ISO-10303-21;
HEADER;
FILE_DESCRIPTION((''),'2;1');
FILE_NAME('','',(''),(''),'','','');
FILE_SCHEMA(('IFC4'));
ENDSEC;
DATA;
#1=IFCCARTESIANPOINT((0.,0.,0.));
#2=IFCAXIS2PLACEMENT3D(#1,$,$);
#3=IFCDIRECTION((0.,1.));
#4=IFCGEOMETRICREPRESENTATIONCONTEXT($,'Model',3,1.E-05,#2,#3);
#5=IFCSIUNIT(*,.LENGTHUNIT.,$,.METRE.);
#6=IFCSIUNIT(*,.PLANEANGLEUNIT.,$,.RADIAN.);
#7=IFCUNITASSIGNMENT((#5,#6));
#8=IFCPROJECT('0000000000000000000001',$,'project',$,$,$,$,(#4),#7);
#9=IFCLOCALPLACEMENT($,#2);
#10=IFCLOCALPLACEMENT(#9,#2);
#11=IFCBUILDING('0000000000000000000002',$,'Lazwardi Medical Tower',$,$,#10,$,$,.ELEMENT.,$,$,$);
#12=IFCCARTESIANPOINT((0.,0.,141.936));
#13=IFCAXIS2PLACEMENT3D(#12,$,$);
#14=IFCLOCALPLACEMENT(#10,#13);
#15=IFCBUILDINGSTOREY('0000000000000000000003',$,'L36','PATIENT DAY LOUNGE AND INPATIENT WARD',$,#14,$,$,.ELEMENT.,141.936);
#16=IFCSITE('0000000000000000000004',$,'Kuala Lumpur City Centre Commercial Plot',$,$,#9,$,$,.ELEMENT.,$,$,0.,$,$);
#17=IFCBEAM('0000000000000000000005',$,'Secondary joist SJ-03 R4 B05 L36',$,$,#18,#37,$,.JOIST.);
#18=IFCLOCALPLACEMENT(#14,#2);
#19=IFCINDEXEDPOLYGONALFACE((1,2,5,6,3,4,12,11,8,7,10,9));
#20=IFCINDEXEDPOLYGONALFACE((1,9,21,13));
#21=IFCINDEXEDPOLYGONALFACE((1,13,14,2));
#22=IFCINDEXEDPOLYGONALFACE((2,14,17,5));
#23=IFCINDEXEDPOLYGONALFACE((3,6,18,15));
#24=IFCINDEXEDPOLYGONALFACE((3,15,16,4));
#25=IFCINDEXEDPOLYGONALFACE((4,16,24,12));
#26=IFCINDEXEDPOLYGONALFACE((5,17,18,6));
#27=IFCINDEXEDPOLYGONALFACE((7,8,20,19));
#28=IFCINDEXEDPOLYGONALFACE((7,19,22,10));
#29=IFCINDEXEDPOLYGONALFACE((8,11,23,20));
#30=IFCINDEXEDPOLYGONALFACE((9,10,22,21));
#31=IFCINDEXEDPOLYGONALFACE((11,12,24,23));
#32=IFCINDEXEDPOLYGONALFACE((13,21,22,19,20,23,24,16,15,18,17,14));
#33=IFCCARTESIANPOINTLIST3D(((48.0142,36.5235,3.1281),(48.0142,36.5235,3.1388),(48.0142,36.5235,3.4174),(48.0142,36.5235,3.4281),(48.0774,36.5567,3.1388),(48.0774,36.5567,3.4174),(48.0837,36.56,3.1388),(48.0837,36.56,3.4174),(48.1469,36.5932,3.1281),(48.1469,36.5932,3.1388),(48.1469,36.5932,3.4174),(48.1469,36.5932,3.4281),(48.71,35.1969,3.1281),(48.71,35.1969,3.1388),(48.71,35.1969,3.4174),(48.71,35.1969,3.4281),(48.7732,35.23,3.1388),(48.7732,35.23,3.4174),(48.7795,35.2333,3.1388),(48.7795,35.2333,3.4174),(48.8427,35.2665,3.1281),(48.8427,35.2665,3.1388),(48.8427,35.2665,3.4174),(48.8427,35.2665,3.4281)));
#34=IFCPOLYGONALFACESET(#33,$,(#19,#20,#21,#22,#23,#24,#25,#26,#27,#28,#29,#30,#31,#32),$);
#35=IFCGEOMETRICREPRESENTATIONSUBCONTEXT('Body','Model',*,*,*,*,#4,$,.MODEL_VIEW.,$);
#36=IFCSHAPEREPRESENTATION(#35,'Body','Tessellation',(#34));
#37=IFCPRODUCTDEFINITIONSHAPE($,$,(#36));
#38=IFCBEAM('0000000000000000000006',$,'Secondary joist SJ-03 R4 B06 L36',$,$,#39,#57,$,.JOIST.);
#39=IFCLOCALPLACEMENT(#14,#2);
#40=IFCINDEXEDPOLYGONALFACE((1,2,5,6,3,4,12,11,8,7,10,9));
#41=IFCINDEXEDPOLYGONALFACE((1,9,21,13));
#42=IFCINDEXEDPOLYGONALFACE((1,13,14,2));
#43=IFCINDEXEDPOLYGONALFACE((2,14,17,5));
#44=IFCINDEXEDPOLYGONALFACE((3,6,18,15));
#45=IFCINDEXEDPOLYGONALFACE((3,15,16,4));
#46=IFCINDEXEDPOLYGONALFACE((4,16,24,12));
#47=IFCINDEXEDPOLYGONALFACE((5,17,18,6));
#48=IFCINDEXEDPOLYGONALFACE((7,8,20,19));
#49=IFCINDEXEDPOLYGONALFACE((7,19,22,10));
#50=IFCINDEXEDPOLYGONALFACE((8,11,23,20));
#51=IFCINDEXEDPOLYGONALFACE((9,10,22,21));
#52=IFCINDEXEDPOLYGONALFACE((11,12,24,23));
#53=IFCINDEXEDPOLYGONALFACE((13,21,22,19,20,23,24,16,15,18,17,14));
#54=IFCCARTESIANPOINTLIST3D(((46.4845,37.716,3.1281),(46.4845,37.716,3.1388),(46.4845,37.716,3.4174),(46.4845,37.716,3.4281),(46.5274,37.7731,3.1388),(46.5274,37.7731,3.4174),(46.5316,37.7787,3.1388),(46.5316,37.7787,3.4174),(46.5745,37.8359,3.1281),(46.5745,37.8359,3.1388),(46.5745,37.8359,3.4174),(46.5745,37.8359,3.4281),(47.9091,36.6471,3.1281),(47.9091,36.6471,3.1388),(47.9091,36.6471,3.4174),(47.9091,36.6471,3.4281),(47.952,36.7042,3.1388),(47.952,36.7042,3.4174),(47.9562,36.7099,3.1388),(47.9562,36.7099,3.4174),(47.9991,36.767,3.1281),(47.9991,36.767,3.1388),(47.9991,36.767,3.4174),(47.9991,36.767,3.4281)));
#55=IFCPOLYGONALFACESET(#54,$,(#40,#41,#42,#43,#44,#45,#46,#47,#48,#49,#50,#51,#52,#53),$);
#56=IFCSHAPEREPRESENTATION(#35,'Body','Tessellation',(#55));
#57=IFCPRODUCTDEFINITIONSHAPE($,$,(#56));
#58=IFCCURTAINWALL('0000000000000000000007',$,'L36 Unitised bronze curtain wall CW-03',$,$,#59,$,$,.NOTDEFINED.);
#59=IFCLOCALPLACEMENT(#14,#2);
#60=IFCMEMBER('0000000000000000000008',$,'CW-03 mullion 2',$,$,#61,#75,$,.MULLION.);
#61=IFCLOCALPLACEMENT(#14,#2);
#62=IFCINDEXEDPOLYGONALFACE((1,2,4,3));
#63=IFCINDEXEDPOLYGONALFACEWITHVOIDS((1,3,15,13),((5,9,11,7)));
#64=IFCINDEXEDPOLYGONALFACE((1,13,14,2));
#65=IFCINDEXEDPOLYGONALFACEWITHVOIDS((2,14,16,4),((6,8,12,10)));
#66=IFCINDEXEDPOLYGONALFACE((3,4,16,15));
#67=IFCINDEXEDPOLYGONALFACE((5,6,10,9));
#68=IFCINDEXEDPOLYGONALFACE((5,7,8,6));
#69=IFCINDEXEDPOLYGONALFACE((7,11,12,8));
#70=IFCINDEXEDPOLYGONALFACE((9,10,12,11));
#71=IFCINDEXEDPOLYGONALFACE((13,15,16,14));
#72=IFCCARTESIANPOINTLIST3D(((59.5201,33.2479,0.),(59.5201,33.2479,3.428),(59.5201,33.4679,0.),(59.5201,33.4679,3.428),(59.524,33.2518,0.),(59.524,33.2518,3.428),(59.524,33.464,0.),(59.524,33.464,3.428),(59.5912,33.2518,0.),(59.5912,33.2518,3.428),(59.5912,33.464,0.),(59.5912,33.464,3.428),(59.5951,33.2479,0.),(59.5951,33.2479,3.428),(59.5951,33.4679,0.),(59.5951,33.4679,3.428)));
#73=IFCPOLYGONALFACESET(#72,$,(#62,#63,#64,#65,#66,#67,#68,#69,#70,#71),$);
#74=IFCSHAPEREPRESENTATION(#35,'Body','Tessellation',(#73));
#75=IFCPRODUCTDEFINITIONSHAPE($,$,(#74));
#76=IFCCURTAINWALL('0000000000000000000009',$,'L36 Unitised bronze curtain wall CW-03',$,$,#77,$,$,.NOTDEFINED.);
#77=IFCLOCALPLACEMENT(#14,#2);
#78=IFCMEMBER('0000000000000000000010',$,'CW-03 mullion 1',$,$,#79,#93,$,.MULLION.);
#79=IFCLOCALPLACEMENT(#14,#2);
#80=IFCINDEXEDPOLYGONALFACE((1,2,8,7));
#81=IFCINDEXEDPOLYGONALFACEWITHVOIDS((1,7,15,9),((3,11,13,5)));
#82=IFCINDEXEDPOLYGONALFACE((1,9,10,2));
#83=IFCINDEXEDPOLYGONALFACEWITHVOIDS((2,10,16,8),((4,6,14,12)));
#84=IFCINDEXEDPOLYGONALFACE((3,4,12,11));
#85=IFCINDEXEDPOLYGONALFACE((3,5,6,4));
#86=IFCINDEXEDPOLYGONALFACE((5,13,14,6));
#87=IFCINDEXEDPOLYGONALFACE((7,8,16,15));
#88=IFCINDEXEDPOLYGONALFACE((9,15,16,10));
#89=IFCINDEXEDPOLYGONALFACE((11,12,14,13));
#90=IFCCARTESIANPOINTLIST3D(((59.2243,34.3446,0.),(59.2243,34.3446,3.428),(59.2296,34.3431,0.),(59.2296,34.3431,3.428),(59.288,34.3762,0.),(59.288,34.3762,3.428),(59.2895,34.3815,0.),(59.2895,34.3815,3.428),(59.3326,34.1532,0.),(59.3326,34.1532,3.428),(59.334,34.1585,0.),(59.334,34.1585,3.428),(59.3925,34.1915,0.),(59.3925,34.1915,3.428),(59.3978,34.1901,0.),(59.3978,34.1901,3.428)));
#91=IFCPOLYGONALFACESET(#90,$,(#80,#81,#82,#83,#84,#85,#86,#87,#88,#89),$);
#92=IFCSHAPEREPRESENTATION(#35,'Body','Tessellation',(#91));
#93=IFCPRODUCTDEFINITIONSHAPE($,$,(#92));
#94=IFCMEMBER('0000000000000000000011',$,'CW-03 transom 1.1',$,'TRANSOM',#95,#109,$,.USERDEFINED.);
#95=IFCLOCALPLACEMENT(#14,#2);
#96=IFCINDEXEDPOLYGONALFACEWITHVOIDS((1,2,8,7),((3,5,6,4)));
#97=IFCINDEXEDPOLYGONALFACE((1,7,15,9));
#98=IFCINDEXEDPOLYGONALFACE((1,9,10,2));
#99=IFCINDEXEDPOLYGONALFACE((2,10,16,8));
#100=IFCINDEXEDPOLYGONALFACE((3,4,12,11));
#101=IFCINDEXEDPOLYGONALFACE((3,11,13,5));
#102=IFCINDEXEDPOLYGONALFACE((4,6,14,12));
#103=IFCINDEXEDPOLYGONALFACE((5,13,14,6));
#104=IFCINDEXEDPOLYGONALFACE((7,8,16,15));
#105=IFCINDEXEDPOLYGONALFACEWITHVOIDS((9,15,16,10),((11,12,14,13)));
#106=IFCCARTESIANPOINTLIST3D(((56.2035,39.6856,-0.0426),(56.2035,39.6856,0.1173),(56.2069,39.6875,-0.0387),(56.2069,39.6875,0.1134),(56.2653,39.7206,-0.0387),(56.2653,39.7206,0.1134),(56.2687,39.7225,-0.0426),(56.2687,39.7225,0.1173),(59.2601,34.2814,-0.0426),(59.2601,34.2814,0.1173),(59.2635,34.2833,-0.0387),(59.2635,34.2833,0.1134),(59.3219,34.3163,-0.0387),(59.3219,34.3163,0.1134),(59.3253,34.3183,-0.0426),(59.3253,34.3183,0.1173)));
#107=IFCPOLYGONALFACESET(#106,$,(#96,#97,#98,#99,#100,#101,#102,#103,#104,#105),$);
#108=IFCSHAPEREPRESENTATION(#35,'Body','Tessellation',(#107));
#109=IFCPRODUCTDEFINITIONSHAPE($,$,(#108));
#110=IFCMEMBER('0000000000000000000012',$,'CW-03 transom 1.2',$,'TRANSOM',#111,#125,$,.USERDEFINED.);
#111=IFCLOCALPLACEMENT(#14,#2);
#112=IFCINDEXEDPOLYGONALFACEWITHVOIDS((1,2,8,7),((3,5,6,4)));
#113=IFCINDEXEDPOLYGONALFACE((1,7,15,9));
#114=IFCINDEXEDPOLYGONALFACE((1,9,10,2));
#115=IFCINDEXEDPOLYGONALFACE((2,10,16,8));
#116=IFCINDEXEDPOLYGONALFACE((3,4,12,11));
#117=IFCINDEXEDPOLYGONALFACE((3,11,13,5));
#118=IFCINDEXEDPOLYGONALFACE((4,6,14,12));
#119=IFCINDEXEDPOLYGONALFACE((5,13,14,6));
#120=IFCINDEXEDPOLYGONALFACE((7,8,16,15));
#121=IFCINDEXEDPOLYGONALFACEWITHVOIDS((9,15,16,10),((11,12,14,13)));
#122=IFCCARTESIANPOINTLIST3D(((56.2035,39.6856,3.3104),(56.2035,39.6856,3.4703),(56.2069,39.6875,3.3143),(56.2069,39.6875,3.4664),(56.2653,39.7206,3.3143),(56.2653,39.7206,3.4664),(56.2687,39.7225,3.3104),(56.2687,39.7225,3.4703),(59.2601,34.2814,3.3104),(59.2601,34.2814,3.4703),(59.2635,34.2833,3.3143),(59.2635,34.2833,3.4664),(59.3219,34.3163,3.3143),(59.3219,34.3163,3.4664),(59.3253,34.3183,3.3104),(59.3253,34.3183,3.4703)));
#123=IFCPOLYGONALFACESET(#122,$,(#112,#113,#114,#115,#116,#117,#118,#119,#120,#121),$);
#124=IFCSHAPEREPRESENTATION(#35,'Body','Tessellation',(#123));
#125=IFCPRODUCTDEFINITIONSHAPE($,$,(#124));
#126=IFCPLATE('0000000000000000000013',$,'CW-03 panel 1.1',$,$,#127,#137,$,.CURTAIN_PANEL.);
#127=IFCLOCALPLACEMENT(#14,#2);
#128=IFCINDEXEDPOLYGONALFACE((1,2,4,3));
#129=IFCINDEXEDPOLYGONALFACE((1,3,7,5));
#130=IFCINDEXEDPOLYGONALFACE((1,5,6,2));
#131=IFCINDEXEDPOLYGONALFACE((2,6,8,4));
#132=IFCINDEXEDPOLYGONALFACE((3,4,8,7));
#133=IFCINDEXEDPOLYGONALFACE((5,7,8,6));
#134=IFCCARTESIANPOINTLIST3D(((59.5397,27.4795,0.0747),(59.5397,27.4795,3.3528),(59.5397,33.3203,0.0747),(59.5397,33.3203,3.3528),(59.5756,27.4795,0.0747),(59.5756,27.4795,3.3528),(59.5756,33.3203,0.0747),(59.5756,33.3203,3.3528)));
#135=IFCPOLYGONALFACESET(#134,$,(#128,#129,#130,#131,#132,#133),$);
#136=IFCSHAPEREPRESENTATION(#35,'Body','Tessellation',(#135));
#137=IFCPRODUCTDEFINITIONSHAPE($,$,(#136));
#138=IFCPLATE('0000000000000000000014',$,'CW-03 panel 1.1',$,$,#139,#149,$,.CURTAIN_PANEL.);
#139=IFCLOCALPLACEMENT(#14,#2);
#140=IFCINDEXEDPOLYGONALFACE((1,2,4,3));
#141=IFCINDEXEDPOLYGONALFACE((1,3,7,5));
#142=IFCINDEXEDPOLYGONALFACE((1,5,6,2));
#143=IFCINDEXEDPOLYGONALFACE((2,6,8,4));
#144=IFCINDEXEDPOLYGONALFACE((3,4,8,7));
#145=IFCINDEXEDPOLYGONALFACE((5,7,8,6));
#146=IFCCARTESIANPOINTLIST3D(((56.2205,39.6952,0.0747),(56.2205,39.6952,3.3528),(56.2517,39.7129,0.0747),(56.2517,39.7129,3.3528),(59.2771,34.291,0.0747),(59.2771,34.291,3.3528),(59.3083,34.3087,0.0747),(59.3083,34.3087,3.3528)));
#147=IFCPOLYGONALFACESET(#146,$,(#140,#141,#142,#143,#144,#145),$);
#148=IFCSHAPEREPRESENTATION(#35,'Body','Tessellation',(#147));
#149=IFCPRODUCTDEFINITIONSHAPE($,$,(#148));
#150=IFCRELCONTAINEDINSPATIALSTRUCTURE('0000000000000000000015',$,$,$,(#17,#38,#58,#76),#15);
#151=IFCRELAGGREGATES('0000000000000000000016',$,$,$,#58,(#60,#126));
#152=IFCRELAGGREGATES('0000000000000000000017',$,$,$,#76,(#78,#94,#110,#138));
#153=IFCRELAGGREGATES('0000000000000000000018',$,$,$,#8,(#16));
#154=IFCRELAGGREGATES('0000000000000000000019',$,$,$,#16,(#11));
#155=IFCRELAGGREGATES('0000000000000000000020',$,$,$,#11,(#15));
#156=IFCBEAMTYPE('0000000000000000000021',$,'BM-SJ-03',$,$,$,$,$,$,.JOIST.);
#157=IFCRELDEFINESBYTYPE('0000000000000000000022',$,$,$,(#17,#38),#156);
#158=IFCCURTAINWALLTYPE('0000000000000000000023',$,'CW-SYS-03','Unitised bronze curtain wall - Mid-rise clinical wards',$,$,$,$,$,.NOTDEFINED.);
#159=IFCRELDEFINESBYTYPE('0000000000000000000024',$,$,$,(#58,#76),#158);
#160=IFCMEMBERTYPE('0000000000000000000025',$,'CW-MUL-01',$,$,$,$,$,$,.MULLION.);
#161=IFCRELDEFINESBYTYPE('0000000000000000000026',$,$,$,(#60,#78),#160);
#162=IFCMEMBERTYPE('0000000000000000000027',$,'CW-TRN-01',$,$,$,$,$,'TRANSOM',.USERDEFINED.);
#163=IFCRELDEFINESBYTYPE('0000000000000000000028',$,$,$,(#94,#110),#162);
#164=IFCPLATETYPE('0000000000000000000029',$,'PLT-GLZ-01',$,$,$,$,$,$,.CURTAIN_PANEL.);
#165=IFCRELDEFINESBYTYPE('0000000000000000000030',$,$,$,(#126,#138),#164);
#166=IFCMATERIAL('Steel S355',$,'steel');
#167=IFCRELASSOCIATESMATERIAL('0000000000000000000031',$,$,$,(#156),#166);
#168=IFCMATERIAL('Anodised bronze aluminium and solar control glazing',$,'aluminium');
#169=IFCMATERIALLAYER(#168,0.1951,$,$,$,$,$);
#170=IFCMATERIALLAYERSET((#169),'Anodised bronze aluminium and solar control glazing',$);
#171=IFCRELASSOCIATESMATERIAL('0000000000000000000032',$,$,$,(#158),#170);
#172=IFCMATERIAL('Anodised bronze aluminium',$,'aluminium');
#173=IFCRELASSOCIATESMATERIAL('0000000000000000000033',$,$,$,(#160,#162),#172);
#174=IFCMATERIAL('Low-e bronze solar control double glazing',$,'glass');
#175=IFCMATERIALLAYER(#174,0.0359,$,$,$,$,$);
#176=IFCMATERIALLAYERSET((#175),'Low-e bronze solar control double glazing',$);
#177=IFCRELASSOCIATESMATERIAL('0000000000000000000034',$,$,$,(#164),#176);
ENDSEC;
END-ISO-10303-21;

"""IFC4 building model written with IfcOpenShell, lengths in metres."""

from ifc_helpers import new_model, si_unit, direction, frame, origin, origin_2d, place, context, subcontext, project, spatial, rectangle, hollow_rectangle, i_section, extrude, material, layer, layer_set, material_profile, profile_set, type_object, element, aggregate, save


model = new_model("IFC4")

# Units and contexts
model_context = context("Model", 3, precision=1e-05, world=origin(), true_north=direction((0.0, 1.0)))
body_context = subcontext(model_context, "Body", "Model", "MODEL_VIEW")
ifc_project = project(units=[si_unit("LENGTHUNIT", "METRE"), si_unit("PLANEANGLEUNIT", "RADIAN")], contexts=[model_context])

# Site, building, storey
site_placement = place(None, origin())
site = spatial("IfcSite", under=ifc_project, at=site_placement, Name="Kuala Lumpur City Centre Commercial Plot", CompositionType="ELEMENT", RefElevation=0.0)
building_placement = place(site_placement, origin())
building = spatial("IfcBuilding", under=site, at=building_placement, Name="Lazwardi Medical Tower", CompositionType="ELEMENT")
storey_placement = place(building_placement, frame((0.0, 0.0, 141.936)))
storey = spatial("IfcBuildingStorey", under=building, at=storey_placement, Name="L36", Description="PATIENT DAY LOUNGE AND INPATIENT WARD", CompositionType="ELEMENT", Elevation=141.936)

# Beams
ifc_material_1 = material(Name="Steel S355", Category="steel")
ifc_material_profile_1 = material_profile(ifc_material_1, i_section(OverallWidth=0.1499, OverallDepth=0.3, WebThickness=0.0071, FlangeThickness=0.0107, at=origin_2d()), Name="IPE 300")
ifc_profile_set_1 = profile_set([ifc_material_profile_1], Name="Steel S355")
beam_type_1 = type_object("IfcBeamType", Name="BM-SJ-03", PredefinedType="JOIST", material=ifc_profile_set_1)
beam_1_placement = place(storey_placement, frame((48.7764, 35.2317, 3.2781), z_axis=(-0.46447, 0.885589, 0.0), x_axis=(-0.885589, -0.46447, 0.0)))
element("IfcBeam", 1, at=beam_1_placement, inside=storey, type_object=beam_type_1, Name="Secondary joist SJ-03 R4 B05 L36", PredefinedType="JOIST", context=body_context, shape_type="SweptSolid", body=[
    extrude(i_section(OverallWidth=0.1499, OverallDepth=0.3, WebThickness=0.0071, FlangeThickness=0.0107, at=origin_2d()), origin(), (0.0, 0.0, 1.0), 1.498),
])
beam_2_placement = place(storey_placement, frame((47.9541, 36.707, 3.2781), z_axis=(-0.799885, 0.600154, 0.0), x_axis=(-0.600154, -0.799885, 0.0)))
element("IfcBeam", 2, at=beam_2_placement, inside=storey, type_object=beam_type_1, Name="Secondary joist SJ-03 R4 B06 L36", PredefinedType="JOIST", context=body_context, shape_type="SweptSolid", body=[
    extrude(i_section(OverallWidth=0.1499, OverallDepth=0.3, WebThickness=0.0071, FlangeThickness=0.0107, at=origin_2d()), origin(), (0.0, 0.0, 1.0), 1.781),
])

# Curtain wall, member
ifc_material_2 = material(Name="Anodised bronze aluminium and solar control glazing", Category="aluminium")
ifc_layer_1 = layer(ifc_material_2, 0.1951)
ifc_layer_set_1 = layer_set([ifc_layer_1], Name="Anodised bronze aluminium and solar control glazing")
curtain_wall_type = type_object("IfcCurtainWallType", Name="CW-SYS-03", Description="Unitised bronze curtain wall - Mid-rise clinical wards", PredefinedType="NOTDEFINED", material=ifc_layer_set_1)
curtain_wall_1_placement = place(storey_placement, origin())
curtain_wall_1 = element("IfcCurtainWall", 3, at=curtain_wall_1_placement, inside=storey, type_object=curtain_wall_type, Name="L36 Unitised bronze curtain wall CW-03", PredefinedType="NOTDEFINED")
ifc_material_3 = material(Name="Anodised bronze aluminium", Category="aluminium")
ifc_material_profile_2 = material_profile(ifc_material_3, hollow_rectangle(XDim=0.075, YDim=0.22, WallThickness=0.0039, at=origin_2d()), Name="ALU-MULLION 220x75x4")
ifc_profile_set_2 = profile_set([ifc_material_profile_2], Name="Anodised bronze aluminium")
member_type_1 = type_object("IfcMemberType", Name="CW-MUL-01", PredefinedType="MULLION", material=ifc_profile_set_2)
member_1_placement = place(storey_placement, frame((59.5576, 33.3579, 0.0), z_axis=(0.0, 0.0, 1.0), x_axis=(-1.0, 0.0, 0.0)))
member_1 = element("IfcMember", 4, at=member_1_placement, type_object=member_type_1, Name="CW-03 mullion 2", PredefinedType="MULLION", context=body_context, shape_type="SweptSolid", body=[
    extrude(hollow_rectangle(XDim=0.075, YDim=0.22, WallThickness=0.0039, at=origin_2d()), origin(), (0.0, 0.0, 1.0), 3.428),
])

# Curtain wall, members
curtain_wall_2_placement = place(storey_placement, origin())
curtain_wall_2 = element("IfcCurtainWall", 5, at=curtain_wall_2_placement, inside=storey, type_object=curtain_wall_type, Name="L36 Unitised bronze curtain wall CW-03", PredefinedType="NOTDEFINED")
member_2_placement = place(storey_placement, frame((59.311, 34.2673, 0.0), z_axis=(0.0, 0.0, 1.0), x_axis=(-0.870419, -0.492312, 0.0)))
member_2 = element("IfcMember", 6, at=member_2_placement, type_object=member_type_1, Name="CW-03 mullion 1", PredefinedType="MULLION", context=body_context, shape_type="SweptSolid", body=[
    extrude(hollow_rectangle(XDim=0.075, YDim=0.22, WallThickness=0.0039, at=origin_2d()), origin(), (0.0, 0.0, 1.0), 3.428),
])
ifc_material_profile_3 = material_profile(ifc_material_3, hollow_rectangle(XDim=0.075, YDim=0.1599, WallThickness=0.0039, at=origin_2d()), Name="ALU-TRANSOM 160x75x4")
ifc_profile_set_3 = profile_set([ifc_material_profile_3], Name="Anodised bronze aluminium")
member_type_2 = type_object("IfcMemberType", Name="CW-TRN-01", ElementType="TRANSOM", PredefinedType="USERDEFINED", material=ifc_profile_set_3)
member_3_placement = place(storey_placement, frame((59.2927, 34.2998, 0.0374), z_axis=(-0.492306, 0.870422, 0.0), x_axis=(-0.870422, -0.492306, 0.0)))
member_3 = element("IfcMember", 7, at=member_3_placement, type_object=member_type_2, Name="CW-03 transom 1.1", ObjectType="TRANSOM", PredefinedType="USERDEFINED", context=body_context, shape_type="SweptSolid", body=[
    extrude(hollow_rectangle(XDim=0.075, YDim=0.1599, WallThickness=0.0039, at=origin_2d()), origin(), (0.0, 0.0, 1.0), 6.2087),
])
member_4_placement = place(storey_placement, frame((59.2927, 34.2998, 3.3904), z_axis=(-0.492306, 0.870422, 0.0), x_axis=(-0.870422, -0.492306, 0.0)))
member_4 = element("IfcMember", 8, at=member_4_placement, type_object=member_type_2, Name="CW-03 transom 1.2", ObjectType="TRANSOM", PredefinedType="USERDEFINED", context=body_context, shape_type="SweptSolid", body=[
    extrude(hollow_rectangle(XDim=0.075, YDim=0.1599, WallThickness=0.0039, at=origin_2d()), origin(), (0.0, 0.0, 1.0), 6.2087),
])

# Plates
ifc_material_4 = material(Name="Low-e bronze solar control double glazing", Category="glass")
ifc_layer_2 = layer(ifc_material_4, 0.0359)
ifc_layer_set_2 = layer_set([ifc_layer_2], Name="Low-e bronze solar control double glazing")
plate_type = type_object("IfcPlateType", Name="PLT-GLZ-01", PredefinedType="CURTAIN_PANEL", material=ifc_layer_set_2)
plate_1_placement = place(storey_placement, frame((59.5576, 30.3999, 0.0747), z_axis=(0.0, 0.0, 1.0), x_axis=(0.0, 1.0, 0.0)))
plate_1 = element("IfcPlate", 9, at=plate_1_placement, type_object=plate_type, Name="CW-03 panel 1.1", PredefinedType="CURTAIN_PANEL", context=body_context, shape_type="SweptSolid", body=[
    extrude(rectangle(XDim=5.8408, YDim=0.0359, at=origin_2d()), origin(), (0.0, 0.0, 1.0), 3.2781),
])
aggregate(curtain_wall_1, [member_1, plate_1])
plate_2_placement = place(storey_placement, frame((57.7644, 37.002, 0.0747), z_axis=(0.0, 0.0, 1.0), x_axis=(-0.492312, 0.870419, 0.0)))
plate_2 = element("IfcPlate", 10, at=plate_2_placement, type_object=plate_type, Name="CW-03 panel 1.1", PredefinedType="CURTAIN_PANEL", context=body_context, shape_type="SweptSolid", body=[
    extrude(rectangle(XDim=6.2087, YDim=0.0359, at=origin_2d()), origin(), (0.0, 0.0, 1.0), 3.2781),
])
aggregate(curtain_wall_2, [member_2, member_3, member_4, plate_2])

save(model, "model.ifc")
